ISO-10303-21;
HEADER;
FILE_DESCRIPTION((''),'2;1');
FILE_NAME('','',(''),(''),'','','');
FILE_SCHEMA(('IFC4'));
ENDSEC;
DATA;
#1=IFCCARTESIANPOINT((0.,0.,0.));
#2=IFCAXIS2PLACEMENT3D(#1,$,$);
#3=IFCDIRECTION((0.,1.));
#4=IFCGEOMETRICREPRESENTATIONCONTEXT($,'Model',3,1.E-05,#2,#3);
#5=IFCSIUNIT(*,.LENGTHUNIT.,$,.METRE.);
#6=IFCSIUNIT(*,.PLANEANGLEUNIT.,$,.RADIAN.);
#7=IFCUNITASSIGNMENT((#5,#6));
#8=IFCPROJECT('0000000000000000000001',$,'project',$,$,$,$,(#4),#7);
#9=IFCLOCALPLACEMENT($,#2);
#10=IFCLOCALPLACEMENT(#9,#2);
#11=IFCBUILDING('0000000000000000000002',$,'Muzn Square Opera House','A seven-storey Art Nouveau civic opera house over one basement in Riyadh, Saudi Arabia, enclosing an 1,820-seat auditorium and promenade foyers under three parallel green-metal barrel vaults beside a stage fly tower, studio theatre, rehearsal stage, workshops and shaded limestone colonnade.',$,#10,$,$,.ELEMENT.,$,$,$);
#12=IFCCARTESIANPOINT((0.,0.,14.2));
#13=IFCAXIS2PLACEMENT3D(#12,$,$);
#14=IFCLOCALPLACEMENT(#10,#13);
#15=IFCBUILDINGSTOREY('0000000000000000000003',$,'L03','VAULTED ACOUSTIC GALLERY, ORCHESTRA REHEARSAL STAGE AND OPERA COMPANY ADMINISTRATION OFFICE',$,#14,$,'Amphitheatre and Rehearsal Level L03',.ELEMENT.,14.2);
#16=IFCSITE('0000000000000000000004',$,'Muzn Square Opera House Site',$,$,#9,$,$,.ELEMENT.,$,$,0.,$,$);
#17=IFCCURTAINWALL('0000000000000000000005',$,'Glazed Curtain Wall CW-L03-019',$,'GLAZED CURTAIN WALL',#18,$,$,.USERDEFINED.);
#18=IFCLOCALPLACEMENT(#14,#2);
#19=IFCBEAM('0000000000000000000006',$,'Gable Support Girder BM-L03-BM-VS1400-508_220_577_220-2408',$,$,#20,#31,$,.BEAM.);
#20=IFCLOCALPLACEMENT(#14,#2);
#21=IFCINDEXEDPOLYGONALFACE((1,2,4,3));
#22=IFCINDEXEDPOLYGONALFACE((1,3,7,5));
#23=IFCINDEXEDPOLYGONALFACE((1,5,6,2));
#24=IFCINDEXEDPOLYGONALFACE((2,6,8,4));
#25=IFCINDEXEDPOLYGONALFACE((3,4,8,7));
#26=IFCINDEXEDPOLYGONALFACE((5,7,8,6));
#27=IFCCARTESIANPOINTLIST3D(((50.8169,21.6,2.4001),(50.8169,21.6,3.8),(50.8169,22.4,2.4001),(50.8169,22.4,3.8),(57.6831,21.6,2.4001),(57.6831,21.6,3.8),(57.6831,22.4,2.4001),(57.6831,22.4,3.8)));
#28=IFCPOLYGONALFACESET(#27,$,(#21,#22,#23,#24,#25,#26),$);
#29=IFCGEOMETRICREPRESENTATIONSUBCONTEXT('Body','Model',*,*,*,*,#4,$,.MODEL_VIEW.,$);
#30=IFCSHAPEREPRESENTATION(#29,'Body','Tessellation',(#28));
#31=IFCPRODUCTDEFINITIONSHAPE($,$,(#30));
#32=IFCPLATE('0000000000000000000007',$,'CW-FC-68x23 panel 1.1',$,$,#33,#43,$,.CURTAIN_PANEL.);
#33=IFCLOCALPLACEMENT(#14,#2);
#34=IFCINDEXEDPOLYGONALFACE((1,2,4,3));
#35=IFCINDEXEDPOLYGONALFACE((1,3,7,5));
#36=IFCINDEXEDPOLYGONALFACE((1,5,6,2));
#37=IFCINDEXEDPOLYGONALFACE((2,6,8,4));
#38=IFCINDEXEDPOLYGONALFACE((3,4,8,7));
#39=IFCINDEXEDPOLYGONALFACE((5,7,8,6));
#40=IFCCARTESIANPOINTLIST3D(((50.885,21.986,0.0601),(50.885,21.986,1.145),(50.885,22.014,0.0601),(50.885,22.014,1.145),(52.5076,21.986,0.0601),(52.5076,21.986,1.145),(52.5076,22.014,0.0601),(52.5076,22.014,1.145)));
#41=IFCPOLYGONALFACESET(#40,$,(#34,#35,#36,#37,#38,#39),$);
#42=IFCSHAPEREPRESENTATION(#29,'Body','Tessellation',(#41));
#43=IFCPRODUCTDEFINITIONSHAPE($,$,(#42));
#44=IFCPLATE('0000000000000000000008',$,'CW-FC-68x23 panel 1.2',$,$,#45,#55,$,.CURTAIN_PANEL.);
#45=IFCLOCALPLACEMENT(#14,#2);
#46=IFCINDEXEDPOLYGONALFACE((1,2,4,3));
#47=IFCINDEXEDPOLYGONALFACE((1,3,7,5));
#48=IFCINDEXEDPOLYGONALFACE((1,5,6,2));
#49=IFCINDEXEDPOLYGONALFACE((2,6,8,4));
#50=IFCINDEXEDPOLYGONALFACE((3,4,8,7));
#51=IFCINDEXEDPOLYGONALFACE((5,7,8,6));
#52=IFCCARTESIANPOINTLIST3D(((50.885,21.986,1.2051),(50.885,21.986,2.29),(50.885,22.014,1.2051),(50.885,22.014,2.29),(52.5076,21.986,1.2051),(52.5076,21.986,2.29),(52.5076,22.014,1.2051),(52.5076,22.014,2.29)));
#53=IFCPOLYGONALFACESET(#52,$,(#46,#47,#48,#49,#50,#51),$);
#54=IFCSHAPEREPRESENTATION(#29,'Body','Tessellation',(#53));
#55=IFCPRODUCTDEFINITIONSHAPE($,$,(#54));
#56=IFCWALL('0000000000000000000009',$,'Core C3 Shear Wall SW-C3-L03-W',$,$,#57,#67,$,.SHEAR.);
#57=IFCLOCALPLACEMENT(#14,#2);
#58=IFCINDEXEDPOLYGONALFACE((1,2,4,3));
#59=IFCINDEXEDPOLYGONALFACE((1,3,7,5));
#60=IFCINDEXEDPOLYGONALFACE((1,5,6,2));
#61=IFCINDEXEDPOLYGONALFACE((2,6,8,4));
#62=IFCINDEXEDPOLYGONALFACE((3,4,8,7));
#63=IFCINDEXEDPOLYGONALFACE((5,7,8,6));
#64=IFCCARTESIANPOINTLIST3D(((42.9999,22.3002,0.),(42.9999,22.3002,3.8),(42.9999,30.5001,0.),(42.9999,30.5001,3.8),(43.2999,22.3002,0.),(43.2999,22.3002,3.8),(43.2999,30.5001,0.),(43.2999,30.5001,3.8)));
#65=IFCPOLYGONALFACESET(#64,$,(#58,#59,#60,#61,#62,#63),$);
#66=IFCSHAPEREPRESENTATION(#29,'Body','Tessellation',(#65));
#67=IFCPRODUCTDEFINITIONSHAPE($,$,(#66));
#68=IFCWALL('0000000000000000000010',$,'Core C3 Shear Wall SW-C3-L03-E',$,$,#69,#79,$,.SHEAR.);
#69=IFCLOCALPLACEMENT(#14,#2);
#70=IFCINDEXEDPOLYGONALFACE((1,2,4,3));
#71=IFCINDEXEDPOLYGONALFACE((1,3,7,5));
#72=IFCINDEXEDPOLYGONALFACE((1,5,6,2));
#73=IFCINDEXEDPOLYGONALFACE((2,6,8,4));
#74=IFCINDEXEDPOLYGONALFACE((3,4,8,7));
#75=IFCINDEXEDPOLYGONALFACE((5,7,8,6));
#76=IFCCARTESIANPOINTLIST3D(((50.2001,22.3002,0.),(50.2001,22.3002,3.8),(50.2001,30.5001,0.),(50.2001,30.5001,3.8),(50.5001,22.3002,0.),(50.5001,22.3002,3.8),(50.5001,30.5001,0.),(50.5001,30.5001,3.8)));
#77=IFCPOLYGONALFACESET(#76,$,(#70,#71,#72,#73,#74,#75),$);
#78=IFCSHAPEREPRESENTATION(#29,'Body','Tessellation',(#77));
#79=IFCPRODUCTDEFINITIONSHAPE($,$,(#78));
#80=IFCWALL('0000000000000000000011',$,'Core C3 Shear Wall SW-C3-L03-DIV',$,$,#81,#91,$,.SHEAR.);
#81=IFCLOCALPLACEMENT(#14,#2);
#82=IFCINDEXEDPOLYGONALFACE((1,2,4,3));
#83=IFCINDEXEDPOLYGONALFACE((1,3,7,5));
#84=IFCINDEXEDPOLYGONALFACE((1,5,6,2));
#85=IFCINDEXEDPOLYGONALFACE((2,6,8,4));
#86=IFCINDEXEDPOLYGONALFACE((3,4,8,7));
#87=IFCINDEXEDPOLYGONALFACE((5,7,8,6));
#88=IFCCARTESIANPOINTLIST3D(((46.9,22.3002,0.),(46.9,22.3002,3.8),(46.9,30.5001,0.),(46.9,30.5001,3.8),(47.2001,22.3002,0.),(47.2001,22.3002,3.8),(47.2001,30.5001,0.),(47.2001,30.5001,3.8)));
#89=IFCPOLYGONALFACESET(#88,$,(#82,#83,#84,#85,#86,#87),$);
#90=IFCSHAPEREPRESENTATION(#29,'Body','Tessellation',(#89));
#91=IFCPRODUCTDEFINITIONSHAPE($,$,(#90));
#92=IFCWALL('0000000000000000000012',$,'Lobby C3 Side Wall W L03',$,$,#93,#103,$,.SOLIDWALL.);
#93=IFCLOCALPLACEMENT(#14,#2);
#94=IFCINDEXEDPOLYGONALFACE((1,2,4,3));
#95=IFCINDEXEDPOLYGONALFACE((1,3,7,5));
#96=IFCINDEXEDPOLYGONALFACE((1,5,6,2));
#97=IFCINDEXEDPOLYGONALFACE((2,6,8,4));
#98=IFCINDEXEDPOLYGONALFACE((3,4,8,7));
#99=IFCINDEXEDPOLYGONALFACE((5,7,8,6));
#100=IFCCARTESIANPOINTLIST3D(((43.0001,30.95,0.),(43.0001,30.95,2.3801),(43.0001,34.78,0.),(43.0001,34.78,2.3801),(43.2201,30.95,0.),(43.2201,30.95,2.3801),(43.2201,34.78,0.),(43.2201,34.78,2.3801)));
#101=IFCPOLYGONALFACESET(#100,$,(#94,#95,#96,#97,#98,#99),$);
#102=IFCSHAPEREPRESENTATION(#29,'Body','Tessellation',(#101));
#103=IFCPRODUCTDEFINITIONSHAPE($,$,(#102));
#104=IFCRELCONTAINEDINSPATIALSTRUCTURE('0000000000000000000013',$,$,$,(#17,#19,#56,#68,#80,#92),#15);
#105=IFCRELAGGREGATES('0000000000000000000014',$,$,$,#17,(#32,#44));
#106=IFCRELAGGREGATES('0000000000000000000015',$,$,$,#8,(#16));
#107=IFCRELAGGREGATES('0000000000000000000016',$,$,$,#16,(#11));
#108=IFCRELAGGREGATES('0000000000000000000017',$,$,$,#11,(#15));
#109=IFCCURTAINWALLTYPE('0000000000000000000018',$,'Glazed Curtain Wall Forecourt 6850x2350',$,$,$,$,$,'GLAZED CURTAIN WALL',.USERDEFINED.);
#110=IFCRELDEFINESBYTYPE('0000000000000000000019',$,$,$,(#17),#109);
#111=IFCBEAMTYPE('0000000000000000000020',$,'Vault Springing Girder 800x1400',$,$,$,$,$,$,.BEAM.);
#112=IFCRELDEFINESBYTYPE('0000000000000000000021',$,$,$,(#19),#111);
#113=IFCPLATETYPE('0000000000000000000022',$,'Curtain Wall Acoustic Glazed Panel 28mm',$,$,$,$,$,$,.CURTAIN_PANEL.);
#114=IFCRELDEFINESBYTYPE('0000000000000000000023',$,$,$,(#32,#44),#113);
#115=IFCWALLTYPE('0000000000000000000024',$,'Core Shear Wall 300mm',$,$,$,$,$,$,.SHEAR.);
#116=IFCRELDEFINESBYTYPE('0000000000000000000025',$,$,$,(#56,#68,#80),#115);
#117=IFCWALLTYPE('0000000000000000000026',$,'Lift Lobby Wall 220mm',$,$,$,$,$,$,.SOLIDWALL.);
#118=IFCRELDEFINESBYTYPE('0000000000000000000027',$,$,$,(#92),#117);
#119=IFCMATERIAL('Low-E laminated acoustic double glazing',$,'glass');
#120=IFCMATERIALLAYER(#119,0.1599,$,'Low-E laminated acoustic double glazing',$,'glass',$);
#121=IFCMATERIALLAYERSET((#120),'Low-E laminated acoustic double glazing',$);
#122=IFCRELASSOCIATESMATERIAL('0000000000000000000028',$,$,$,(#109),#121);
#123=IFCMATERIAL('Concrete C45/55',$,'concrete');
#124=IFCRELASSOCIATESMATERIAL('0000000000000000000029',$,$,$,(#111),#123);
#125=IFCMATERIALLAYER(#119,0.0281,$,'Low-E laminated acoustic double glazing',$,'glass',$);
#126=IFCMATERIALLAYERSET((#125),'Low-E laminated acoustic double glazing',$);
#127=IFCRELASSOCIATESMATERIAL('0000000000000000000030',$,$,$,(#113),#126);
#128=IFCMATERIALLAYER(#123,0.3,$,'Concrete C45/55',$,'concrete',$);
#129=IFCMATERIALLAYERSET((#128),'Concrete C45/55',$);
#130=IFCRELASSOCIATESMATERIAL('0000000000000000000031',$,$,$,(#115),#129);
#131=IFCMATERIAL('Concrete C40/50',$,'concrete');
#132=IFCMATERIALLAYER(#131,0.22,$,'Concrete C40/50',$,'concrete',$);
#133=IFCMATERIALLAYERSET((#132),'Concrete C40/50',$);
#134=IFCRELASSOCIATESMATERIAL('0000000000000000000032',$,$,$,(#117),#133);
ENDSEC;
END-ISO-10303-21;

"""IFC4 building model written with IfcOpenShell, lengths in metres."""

from ifc_helpers import new_model, si_unit, direction, frame, frame_2d, origin, origin_2d, place, context, subcontext, project, spatial, rectangle, extrude, material, layer, layer_set, material_profile, profile_set, type_object, element, aggregate, save


model = new_model("IFC4")

# Units and contexts
model_context = context("Model", 3, precision=1e-05, world=origin(), true_north=direction((0.0, 1.0)))
body_context = subcontext(model_context, "Body", "Model", "MODEL_VIEW")
ifc_project = project(units=[si_unit("LENGTHUNIT", "METRE"), si_unit("PLANEANGLEUNIT", "RADIAN")], contexts=[model_context])

# Site, building, storey
site_placement = place(None, origin())
site = spatial("IfcSite", under=ifc_project, at=site_placement, Name="Muzn Square Opera House Site", CompositionType="ELEMENT", RefElevation=0.0)
building_placement = place(site_placement, origin())
building = spatial("IfcBuilding", under=site, at=building_placement, Name="Muzn Square Opera House", Description="A seven-storey Art Nouveau civic opera house over one basement in Riyadh, Saudi Arabia, enclosing an 1,820-seat auditorium and promenade foyers under three parallel green-metal barrel vaults beside a stage fly tower, studio theatre, rehearsal stage, workshops and shaded limestone colonnade.", CompositionType="ELEMENT")
storey_placement = place(building_placement, frame((0.0, 0.0, 14.2)))
storey = spatial("IfcBuildingStorey", under=building, at=storey_placement, Name="L03", Description="VAULTED ACOUSTIC GALLERY, ORCHESTRA REHEARSAL STAGE AND OPERA COMPANY ADMINISTRATION OFFICE", LongName="Amphitheatre and Rehearsal Level L03", CompositionType="ELEMENT", Elevation=14.2)

# Shared definitions
ifc_material_1 = material(Name="Concrete C45/55", Category="concrete")

# Curtain wall
ifc_material_2 = material(Name="Low-E laminated acoustic double glazing", Category="glass")
ifc_layer_1 = layer(ifc_material_2, 0.1599, Name="Low-E laminated acoustic double glazing", Category="glass")
ifc_layer_set_1 = layer_set([ifc_layer_1], Name="Low-E laminated acoustic double glazing")
curtain_wall_type = type_object("IfcCurtainWallType", Name="Glazed Curtain Wall Forecourt 6850x2350", ElementType="GLAZED CURTAIN WALL", PredefinedType="USERDEFINED", material=ifc_layer_set_1)
curtain_wall_placement = place(storey_placement, origin())
curtain_wall = element("IfcCurtainWall", 1, at=curtain_wall_placement, inside=storey, type_object=curtain_wall_type, Name="Glazed Curtain Wall CW-L03-019", ObjectType="GLAZED CURTAIN WALL", PredefinedType="USERDEFINED")

# Beam
ifc_material_3 = material(Name="Concrete C40/50", Category="concrete")
ifc_material_profile_1 = material_profile(ifc_material_1, rectangle(XDim=0.8, YDim=1.3999, at=origin_2d()), Name="RCB 800x1400", Category="concrete")
ifc_profile_set_1 = profile_set([ifc_material_profile_1], Name="Concrete C45/55")
beam_type_1 = type_object("IfcBeamType", Name="Vault Springing Girder 800x1400", PredefinedType="BEAM", material=ifc_profile_set_1)
beam_1_placement = place(storey_placement, frame((50.8169, 22.0, 3.1001), z_axis=(1.0, 0.0, 0.0), x_axis=(0.0, 1.0, 0.0)))
element("IfcBeam", 2, at=beam_1_placement, inside=storey, type_object=beam_type_1, Name="Gable Support Girder BM-L03-BM-VS1400-508_220_577_220-2408", PredefinedType="BEAM", context=body_context, shape_type="SweptSolid", body=[
    extrude(rectangle(XDim=0.8, YDim=1.3999, at=origin_2d()), origin(), (0.0, 0.0, 1.0), 6.8662),
])

# Plates
ifc_layer_2 = layer(ifc_material_2, 0.0281, Name="Low-E laminated acoustic double glazing", Category="glass")
ifc_layer_set_2 = layer_set([ifc_layer_2], Name="Low-E laminated acoustic double glazing")
plate_type = type_object("IfcPlateType", Name="Curtain Wall Acoustic Glazed Panel 28mm", PredefinedType="CURTAIN_PANEL", material=ifc_layer_set_2)
plate_1_placement = place(storey_placement, frame((51.6963, 22.0, 0.0601), z_axis=(0.0, 0.0, 1.0), x_axis=(1.0, 0.0, 0.0)))
plate_1 = element("IfcPlate", 3, at=plate_1_placement, type_object=plate_type, Name="CW-FC-68x23 panel 1.1", PredefinedType="CURTAIN_PANEL", context=body_context, shape_type="SweptSolid", body=[
    extrude(rectangle(XDim=1.6226, YDim=0.0281, at=origin_2d()), origin(), (0.0, 0.0, 1.0), 1.085),
])
plate_2_placement = place(storey_placement, frame((51.6963, 22.0, 1.2051), z_axis=(0.0, 0.0, 1.0), x_axis=(1.0, 0.0, 0.0)))
plate_2 = element("IfcPlate", 4, at=plate_2_placement, type_object=plate_type, Name="CW-FC-68x23 panel 1.2", PredefinedType="CURTAIN_PANEL", context=body_context, shape_type="SweptSolid", body=[
    extrude(rectangle(XDim=1.6226, YDim=0.0281, at=origin_2d()), origin(), (0.0, 0.0, 1.0), 1.085),
])
aggregate(curtain_wall, [plate_1, plate_2])

# Walls
ifc_layer_3 = layer(ifc_material_1, 0.3, Name="Concrete C45/55", Category="concrete")
ifc_layer_set_3 = layer_set([ifc_layer_3], Name="Concrete C45/55")
wall_type_1 = type_object("IfcWallType", Name="Core Shear Wall 300mm", PredefinedType="SHEAR", material=ifc_layer_set_3)
for number, where, z_axis, x_axis, name in (
    (5, (43.1499, 22.3, 0.0), (0.0, 0.0, 1.0), (0.0, 1.0, 0.0), "Core C3 Shear Wall SW-C3-L03-W"),
    (6, (50.3501, 22.3, 0.0), (0.0, 0.0, 1.0), (0.0, 1.0, 0.0), "Core C3 Shear Wall SW-C3-L03-E"),
    (7, (47.05, 22.3, 0.0), (0.0, 0.0, 1.0), (0.0, 1.0, 0.0), "Core C3 Shear Wall SW-C3-L03-DIV"),
):
    element("IfcWall", number, at=place(storey_placement, frame(where, z_axis=z_axis, x_axis=x_axis)), inside=storey, type_object=wall_type_1, Name=name, PredefinedType="SHEAR", context=body_context, shape_type="SweptSolid", body=[
        extrude(rectangle(XDim=8.2, YDim=0.3, at=frame_2d((4.1001, 0.0))), origin(), (0.0, 0.0, 1.0), 3.8),
    ])
ifc_layer_4 = layer(ifc_material_3, 0.22, Name="Concrete C40/50", Category="concrete")
ifc_layer_set_4 = layer_set([ifc_layer_4], Name="Concrete C40/50")
wall_type_2 = type_object("IfcWallType", Name="Lift Lobby Wall 220mm", PredefinedType="SOLIDWALL", material=ifc_layer_set_4)
wall_1_placement = place(storey_placement, frame((43.1101, 30.95, 0.0), z_axis=(0.0, 0.0, 1.0), x_axis=(0.0, 1.0, 0.0)))
element("IfcWall", 8, at=wall_1_placement, inside=storey, type_object=wall_type_2, Name="Lobby C3 Side Wall W L03", PredefinedType="SOLIDWALL", context=body_context, shape_type="SweptSolid", body=[
    extrude(rectangle(XDim=3.8301, YDim=0.22, at=frame_2d((1.915, 0.0))), origin(), (0.0, 0.0, 1.0), 2.3801),
])

save(model, "model.ifc")
